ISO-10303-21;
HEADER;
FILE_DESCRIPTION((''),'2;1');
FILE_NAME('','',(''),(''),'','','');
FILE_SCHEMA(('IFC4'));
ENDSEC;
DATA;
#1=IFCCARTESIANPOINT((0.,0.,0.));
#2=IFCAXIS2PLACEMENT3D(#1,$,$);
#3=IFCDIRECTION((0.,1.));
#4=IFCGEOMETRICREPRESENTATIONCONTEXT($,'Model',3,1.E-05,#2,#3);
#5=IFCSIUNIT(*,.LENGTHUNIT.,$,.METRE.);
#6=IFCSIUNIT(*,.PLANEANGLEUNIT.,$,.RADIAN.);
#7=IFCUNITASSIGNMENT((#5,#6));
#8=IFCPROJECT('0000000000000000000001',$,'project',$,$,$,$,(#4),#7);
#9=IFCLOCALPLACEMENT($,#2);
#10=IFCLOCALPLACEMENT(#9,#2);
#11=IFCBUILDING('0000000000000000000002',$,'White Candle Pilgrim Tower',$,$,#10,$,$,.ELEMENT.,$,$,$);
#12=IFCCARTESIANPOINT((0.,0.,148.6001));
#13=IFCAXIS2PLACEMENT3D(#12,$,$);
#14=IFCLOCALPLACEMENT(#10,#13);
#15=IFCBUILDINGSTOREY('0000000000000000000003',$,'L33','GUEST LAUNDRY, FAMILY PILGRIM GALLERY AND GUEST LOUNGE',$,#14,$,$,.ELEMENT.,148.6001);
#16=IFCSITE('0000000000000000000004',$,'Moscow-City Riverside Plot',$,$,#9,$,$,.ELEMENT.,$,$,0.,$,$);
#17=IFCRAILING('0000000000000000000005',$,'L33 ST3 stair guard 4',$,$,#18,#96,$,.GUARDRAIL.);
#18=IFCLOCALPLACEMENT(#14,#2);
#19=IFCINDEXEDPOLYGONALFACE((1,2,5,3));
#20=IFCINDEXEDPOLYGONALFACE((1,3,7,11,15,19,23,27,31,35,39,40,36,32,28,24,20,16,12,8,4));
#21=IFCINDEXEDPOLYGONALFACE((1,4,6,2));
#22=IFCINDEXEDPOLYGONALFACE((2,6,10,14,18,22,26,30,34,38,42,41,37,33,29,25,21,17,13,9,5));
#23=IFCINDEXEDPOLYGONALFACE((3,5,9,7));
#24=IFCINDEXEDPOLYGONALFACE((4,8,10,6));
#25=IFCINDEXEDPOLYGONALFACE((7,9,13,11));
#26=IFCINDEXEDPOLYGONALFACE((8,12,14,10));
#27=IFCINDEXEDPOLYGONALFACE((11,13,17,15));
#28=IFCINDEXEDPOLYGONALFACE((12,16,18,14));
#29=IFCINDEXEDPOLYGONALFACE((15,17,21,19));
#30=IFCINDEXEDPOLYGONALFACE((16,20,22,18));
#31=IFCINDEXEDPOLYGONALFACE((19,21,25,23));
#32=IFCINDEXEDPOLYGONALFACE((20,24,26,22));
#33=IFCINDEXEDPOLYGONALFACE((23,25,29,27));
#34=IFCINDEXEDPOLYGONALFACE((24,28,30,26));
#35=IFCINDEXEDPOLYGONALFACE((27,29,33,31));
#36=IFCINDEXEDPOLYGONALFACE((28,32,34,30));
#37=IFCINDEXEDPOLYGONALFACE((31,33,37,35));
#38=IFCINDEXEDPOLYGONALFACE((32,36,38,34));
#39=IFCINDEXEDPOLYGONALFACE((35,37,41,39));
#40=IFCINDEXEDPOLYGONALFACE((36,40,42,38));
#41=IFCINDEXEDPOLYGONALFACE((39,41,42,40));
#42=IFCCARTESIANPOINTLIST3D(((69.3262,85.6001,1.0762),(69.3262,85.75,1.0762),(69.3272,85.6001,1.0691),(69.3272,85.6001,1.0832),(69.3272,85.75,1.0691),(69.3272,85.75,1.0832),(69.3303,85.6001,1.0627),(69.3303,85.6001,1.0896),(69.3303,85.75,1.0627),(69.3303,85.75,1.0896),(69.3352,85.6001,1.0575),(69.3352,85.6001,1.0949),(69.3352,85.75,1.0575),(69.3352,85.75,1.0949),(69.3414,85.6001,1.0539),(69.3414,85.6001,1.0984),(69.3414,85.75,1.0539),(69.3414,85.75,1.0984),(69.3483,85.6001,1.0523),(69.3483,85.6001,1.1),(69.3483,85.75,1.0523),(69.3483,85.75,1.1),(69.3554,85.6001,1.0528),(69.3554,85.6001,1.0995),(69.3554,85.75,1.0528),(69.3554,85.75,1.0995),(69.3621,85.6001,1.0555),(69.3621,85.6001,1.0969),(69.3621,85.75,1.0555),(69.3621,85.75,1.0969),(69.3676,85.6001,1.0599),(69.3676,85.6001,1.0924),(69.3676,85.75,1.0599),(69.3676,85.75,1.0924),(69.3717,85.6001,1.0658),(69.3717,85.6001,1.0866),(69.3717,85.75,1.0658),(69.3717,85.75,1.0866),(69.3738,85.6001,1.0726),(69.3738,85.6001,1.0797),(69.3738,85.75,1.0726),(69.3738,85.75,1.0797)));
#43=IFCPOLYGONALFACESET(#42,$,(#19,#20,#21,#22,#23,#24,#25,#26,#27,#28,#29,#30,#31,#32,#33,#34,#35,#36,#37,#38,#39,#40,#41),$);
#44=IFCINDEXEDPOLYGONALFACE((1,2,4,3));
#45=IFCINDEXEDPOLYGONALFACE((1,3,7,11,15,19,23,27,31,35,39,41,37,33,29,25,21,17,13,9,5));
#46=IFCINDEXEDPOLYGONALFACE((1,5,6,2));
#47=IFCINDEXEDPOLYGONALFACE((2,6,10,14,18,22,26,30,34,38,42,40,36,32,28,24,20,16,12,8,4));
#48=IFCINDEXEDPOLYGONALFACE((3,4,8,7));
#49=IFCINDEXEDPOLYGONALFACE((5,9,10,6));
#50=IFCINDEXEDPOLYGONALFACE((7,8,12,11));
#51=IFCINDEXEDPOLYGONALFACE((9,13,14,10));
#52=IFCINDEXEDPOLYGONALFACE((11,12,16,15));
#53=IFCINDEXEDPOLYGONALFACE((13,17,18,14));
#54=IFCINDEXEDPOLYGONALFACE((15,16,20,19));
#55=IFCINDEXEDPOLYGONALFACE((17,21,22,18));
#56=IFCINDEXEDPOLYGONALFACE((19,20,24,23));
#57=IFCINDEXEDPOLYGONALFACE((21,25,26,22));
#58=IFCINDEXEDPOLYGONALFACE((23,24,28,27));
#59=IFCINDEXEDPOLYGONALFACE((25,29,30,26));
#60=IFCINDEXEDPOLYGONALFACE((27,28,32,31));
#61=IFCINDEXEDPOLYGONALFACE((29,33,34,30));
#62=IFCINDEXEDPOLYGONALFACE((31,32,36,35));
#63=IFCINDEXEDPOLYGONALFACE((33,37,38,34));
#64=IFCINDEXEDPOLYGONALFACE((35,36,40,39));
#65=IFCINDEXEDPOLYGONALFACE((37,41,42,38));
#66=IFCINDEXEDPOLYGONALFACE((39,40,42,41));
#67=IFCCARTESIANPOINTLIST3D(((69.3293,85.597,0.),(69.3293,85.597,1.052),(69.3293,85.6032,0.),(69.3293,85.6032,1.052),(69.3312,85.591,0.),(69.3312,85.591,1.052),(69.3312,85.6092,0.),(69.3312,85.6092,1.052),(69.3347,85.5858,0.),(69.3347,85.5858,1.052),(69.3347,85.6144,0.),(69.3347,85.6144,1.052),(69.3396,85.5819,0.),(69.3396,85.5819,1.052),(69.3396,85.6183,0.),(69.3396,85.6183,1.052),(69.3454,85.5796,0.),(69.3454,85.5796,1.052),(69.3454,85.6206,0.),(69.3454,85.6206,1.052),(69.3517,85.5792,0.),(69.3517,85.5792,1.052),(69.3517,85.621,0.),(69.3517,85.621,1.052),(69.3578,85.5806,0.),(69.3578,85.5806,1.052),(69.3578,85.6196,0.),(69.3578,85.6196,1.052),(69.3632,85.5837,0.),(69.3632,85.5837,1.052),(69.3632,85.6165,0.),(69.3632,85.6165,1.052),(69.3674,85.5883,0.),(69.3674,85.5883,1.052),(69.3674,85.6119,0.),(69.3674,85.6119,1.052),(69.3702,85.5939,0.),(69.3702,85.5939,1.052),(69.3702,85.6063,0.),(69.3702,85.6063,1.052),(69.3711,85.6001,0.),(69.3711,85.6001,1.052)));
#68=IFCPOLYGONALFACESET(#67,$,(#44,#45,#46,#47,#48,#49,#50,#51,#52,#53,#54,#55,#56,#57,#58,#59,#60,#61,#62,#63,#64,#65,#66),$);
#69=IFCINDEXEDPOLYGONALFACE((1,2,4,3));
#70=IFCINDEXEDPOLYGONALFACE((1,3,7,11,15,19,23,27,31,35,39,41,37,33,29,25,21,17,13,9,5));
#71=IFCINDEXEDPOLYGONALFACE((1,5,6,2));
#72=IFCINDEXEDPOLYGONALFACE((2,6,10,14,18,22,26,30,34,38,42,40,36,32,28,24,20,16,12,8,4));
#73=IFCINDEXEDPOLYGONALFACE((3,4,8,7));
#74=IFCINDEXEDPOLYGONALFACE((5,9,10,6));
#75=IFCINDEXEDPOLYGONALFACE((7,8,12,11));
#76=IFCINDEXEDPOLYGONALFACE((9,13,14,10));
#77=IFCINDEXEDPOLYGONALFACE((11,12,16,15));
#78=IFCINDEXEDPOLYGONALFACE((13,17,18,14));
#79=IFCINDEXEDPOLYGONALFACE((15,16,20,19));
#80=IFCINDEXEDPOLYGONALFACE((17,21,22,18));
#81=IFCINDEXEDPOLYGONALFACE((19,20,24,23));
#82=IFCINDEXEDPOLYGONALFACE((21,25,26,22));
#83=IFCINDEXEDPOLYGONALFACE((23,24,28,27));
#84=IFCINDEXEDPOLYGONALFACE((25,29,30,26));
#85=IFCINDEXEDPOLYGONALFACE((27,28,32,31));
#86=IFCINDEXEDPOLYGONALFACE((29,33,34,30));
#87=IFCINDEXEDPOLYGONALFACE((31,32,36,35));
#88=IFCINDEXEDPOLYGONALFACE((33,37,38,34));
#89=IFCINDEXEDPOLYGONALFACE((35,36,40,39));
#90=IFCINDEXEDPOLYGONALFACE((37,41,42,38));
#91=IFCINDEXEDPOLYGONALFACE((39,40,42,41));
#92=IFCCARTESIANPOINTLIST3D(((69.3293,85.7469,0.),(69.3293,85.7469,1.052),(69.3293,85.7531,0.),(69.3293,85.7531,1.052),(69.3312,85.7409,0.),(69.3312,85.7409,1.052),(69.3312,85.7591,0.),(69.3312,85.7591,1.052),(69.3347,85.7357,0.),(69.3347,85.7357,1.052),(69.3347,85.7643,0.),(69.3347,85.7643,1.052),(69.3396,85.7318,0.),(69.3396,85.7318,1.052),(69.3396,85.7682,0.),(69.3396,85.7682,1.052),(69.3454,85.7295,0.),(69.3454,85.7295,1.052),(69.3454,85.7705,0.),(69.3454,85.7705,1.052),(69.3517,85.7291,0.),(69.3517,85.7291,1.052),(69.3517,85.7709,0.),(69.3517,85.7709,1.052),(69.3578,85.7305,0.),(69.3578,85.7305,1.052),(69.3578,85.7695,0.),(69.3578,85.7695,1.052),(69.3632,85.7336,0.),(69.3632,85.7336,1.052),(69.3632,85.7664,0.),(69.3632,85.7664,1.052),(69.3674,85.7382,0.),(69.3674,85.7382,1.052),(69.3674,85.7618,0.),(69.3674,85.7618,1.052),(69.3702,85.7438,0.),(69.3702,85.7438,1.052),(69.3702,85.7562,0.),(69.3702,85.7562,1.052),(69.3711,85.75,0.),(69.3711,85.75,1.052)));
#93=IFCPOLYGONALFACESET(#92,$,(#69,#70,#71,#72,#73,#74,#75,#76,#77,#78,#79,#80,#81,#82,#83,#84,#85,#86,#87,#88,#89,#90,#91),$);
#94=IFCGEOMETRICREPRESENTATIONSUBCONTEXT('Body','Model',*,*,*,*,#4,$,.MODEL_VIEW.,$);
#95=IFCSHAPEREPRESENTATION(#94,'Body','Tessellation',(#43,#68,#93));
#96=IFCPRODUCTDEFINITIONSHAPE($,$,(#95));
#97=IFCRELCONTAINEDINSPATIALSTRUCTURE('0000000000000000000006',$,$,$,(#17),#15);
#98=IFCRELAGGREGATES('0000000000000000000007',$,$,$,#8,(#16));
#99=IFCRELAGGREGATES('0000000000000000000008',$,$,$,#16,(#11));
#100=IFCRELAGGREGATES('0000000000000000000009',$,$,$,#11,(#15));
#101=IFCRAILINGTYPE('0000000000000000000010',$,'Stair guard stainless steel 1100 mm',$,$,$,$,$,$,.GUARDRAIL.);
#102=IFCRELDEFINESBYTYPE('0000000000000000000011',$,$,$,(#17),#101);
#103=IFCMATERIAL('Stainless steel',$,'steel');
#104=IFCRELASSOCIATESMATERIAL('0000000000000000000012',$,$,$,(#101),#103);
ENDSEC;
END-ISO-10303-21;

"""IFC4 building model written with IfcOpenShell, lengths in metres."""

from ifc_helpers import new_model, si_unit, direction, frame, origin, origin_2d, place, context, subcontext, project, spatial, circle, extrude, material, type_object, element, save


model = new_model("IFC4")

# Units and contexts
model_context = context("Model", 3, precision=1e-05, world=origin(), true_north=direction((0.0, 1.0)))
body_context = subcontext(model_context, "Body", "Model", "MODEL_VIEW")
ifc_project = project(units=[si_unit("LENGTHUNIT", "METRE"), si_unit("PLANEANGLEUNIT", "RADIAN")], contexts=[model_context])

# Site, building, storey
site_placement = place(None, origin())
site = spatial("IfcSite", under=ifc_project, at=site_placement, Name="Moscow-City Riverside Plot", CompositionType="ELEMENT", RefElevation=0.0)
building_placement = place(site_placement, origin())
building = spatial("IfcBuilding", under=site, at=building_placement, Name="White Candle Pilgrim Tower", CompositionType="ELEMENT")
storey_placement = place(building_placement, frame((0.0, 0.0, 148.6001)))
storey = spatial("IfcBuildingStorey", under=building, at=storey_placement, Name="L33", Description="GUEST LAUNDRY, FAMILY PILGRIM GALLERY AND GUEST LOUNGE", CompositionType="ELEMENT", Elevation=148.6001)

# Railing
ifc_material_1 = material(Name="Stainless steel", Category="steel")
railing_type_1 = type_object("IfcRailingType", Name="Stair guard stainless steel 1100 mm", PredefinedType="GUARDRAIL", material=ifc_material_1)
railing_1_placement = place(storey_placement, frame((69.3501, 85.6001, 0.0)))
element("IfcRailing", 1, at=railing_1_placement, inside=storey, type_object=railing_type_1, Name="L33 ST3 stair guard 4", PredefinedType="GUARDRAIL", context=body_context, shape_type="SweptSolid", body=[
    extrude(circle(Radius=0.0239, at=origin_2d()), frame((0.0, 0.0, 1.0762), z_axis=(0.0, 1.0, 0.0), x_axis=(-1.0, 0.0, 0.0)), (0.0, 0.0, 1.0), 0.1499),
    extrude(circle(Radius=0.021, at=origin_2d()), origin(), (0.0, 0.0, 1.0), 1.052),
    extrude(circle(Radius=0.021, at=origin_2d()), frame((0.0, 0.1499, 0.0)), (0.0, 0.0, 1.0), 1.052),
])

save(model, "model.ifc")
